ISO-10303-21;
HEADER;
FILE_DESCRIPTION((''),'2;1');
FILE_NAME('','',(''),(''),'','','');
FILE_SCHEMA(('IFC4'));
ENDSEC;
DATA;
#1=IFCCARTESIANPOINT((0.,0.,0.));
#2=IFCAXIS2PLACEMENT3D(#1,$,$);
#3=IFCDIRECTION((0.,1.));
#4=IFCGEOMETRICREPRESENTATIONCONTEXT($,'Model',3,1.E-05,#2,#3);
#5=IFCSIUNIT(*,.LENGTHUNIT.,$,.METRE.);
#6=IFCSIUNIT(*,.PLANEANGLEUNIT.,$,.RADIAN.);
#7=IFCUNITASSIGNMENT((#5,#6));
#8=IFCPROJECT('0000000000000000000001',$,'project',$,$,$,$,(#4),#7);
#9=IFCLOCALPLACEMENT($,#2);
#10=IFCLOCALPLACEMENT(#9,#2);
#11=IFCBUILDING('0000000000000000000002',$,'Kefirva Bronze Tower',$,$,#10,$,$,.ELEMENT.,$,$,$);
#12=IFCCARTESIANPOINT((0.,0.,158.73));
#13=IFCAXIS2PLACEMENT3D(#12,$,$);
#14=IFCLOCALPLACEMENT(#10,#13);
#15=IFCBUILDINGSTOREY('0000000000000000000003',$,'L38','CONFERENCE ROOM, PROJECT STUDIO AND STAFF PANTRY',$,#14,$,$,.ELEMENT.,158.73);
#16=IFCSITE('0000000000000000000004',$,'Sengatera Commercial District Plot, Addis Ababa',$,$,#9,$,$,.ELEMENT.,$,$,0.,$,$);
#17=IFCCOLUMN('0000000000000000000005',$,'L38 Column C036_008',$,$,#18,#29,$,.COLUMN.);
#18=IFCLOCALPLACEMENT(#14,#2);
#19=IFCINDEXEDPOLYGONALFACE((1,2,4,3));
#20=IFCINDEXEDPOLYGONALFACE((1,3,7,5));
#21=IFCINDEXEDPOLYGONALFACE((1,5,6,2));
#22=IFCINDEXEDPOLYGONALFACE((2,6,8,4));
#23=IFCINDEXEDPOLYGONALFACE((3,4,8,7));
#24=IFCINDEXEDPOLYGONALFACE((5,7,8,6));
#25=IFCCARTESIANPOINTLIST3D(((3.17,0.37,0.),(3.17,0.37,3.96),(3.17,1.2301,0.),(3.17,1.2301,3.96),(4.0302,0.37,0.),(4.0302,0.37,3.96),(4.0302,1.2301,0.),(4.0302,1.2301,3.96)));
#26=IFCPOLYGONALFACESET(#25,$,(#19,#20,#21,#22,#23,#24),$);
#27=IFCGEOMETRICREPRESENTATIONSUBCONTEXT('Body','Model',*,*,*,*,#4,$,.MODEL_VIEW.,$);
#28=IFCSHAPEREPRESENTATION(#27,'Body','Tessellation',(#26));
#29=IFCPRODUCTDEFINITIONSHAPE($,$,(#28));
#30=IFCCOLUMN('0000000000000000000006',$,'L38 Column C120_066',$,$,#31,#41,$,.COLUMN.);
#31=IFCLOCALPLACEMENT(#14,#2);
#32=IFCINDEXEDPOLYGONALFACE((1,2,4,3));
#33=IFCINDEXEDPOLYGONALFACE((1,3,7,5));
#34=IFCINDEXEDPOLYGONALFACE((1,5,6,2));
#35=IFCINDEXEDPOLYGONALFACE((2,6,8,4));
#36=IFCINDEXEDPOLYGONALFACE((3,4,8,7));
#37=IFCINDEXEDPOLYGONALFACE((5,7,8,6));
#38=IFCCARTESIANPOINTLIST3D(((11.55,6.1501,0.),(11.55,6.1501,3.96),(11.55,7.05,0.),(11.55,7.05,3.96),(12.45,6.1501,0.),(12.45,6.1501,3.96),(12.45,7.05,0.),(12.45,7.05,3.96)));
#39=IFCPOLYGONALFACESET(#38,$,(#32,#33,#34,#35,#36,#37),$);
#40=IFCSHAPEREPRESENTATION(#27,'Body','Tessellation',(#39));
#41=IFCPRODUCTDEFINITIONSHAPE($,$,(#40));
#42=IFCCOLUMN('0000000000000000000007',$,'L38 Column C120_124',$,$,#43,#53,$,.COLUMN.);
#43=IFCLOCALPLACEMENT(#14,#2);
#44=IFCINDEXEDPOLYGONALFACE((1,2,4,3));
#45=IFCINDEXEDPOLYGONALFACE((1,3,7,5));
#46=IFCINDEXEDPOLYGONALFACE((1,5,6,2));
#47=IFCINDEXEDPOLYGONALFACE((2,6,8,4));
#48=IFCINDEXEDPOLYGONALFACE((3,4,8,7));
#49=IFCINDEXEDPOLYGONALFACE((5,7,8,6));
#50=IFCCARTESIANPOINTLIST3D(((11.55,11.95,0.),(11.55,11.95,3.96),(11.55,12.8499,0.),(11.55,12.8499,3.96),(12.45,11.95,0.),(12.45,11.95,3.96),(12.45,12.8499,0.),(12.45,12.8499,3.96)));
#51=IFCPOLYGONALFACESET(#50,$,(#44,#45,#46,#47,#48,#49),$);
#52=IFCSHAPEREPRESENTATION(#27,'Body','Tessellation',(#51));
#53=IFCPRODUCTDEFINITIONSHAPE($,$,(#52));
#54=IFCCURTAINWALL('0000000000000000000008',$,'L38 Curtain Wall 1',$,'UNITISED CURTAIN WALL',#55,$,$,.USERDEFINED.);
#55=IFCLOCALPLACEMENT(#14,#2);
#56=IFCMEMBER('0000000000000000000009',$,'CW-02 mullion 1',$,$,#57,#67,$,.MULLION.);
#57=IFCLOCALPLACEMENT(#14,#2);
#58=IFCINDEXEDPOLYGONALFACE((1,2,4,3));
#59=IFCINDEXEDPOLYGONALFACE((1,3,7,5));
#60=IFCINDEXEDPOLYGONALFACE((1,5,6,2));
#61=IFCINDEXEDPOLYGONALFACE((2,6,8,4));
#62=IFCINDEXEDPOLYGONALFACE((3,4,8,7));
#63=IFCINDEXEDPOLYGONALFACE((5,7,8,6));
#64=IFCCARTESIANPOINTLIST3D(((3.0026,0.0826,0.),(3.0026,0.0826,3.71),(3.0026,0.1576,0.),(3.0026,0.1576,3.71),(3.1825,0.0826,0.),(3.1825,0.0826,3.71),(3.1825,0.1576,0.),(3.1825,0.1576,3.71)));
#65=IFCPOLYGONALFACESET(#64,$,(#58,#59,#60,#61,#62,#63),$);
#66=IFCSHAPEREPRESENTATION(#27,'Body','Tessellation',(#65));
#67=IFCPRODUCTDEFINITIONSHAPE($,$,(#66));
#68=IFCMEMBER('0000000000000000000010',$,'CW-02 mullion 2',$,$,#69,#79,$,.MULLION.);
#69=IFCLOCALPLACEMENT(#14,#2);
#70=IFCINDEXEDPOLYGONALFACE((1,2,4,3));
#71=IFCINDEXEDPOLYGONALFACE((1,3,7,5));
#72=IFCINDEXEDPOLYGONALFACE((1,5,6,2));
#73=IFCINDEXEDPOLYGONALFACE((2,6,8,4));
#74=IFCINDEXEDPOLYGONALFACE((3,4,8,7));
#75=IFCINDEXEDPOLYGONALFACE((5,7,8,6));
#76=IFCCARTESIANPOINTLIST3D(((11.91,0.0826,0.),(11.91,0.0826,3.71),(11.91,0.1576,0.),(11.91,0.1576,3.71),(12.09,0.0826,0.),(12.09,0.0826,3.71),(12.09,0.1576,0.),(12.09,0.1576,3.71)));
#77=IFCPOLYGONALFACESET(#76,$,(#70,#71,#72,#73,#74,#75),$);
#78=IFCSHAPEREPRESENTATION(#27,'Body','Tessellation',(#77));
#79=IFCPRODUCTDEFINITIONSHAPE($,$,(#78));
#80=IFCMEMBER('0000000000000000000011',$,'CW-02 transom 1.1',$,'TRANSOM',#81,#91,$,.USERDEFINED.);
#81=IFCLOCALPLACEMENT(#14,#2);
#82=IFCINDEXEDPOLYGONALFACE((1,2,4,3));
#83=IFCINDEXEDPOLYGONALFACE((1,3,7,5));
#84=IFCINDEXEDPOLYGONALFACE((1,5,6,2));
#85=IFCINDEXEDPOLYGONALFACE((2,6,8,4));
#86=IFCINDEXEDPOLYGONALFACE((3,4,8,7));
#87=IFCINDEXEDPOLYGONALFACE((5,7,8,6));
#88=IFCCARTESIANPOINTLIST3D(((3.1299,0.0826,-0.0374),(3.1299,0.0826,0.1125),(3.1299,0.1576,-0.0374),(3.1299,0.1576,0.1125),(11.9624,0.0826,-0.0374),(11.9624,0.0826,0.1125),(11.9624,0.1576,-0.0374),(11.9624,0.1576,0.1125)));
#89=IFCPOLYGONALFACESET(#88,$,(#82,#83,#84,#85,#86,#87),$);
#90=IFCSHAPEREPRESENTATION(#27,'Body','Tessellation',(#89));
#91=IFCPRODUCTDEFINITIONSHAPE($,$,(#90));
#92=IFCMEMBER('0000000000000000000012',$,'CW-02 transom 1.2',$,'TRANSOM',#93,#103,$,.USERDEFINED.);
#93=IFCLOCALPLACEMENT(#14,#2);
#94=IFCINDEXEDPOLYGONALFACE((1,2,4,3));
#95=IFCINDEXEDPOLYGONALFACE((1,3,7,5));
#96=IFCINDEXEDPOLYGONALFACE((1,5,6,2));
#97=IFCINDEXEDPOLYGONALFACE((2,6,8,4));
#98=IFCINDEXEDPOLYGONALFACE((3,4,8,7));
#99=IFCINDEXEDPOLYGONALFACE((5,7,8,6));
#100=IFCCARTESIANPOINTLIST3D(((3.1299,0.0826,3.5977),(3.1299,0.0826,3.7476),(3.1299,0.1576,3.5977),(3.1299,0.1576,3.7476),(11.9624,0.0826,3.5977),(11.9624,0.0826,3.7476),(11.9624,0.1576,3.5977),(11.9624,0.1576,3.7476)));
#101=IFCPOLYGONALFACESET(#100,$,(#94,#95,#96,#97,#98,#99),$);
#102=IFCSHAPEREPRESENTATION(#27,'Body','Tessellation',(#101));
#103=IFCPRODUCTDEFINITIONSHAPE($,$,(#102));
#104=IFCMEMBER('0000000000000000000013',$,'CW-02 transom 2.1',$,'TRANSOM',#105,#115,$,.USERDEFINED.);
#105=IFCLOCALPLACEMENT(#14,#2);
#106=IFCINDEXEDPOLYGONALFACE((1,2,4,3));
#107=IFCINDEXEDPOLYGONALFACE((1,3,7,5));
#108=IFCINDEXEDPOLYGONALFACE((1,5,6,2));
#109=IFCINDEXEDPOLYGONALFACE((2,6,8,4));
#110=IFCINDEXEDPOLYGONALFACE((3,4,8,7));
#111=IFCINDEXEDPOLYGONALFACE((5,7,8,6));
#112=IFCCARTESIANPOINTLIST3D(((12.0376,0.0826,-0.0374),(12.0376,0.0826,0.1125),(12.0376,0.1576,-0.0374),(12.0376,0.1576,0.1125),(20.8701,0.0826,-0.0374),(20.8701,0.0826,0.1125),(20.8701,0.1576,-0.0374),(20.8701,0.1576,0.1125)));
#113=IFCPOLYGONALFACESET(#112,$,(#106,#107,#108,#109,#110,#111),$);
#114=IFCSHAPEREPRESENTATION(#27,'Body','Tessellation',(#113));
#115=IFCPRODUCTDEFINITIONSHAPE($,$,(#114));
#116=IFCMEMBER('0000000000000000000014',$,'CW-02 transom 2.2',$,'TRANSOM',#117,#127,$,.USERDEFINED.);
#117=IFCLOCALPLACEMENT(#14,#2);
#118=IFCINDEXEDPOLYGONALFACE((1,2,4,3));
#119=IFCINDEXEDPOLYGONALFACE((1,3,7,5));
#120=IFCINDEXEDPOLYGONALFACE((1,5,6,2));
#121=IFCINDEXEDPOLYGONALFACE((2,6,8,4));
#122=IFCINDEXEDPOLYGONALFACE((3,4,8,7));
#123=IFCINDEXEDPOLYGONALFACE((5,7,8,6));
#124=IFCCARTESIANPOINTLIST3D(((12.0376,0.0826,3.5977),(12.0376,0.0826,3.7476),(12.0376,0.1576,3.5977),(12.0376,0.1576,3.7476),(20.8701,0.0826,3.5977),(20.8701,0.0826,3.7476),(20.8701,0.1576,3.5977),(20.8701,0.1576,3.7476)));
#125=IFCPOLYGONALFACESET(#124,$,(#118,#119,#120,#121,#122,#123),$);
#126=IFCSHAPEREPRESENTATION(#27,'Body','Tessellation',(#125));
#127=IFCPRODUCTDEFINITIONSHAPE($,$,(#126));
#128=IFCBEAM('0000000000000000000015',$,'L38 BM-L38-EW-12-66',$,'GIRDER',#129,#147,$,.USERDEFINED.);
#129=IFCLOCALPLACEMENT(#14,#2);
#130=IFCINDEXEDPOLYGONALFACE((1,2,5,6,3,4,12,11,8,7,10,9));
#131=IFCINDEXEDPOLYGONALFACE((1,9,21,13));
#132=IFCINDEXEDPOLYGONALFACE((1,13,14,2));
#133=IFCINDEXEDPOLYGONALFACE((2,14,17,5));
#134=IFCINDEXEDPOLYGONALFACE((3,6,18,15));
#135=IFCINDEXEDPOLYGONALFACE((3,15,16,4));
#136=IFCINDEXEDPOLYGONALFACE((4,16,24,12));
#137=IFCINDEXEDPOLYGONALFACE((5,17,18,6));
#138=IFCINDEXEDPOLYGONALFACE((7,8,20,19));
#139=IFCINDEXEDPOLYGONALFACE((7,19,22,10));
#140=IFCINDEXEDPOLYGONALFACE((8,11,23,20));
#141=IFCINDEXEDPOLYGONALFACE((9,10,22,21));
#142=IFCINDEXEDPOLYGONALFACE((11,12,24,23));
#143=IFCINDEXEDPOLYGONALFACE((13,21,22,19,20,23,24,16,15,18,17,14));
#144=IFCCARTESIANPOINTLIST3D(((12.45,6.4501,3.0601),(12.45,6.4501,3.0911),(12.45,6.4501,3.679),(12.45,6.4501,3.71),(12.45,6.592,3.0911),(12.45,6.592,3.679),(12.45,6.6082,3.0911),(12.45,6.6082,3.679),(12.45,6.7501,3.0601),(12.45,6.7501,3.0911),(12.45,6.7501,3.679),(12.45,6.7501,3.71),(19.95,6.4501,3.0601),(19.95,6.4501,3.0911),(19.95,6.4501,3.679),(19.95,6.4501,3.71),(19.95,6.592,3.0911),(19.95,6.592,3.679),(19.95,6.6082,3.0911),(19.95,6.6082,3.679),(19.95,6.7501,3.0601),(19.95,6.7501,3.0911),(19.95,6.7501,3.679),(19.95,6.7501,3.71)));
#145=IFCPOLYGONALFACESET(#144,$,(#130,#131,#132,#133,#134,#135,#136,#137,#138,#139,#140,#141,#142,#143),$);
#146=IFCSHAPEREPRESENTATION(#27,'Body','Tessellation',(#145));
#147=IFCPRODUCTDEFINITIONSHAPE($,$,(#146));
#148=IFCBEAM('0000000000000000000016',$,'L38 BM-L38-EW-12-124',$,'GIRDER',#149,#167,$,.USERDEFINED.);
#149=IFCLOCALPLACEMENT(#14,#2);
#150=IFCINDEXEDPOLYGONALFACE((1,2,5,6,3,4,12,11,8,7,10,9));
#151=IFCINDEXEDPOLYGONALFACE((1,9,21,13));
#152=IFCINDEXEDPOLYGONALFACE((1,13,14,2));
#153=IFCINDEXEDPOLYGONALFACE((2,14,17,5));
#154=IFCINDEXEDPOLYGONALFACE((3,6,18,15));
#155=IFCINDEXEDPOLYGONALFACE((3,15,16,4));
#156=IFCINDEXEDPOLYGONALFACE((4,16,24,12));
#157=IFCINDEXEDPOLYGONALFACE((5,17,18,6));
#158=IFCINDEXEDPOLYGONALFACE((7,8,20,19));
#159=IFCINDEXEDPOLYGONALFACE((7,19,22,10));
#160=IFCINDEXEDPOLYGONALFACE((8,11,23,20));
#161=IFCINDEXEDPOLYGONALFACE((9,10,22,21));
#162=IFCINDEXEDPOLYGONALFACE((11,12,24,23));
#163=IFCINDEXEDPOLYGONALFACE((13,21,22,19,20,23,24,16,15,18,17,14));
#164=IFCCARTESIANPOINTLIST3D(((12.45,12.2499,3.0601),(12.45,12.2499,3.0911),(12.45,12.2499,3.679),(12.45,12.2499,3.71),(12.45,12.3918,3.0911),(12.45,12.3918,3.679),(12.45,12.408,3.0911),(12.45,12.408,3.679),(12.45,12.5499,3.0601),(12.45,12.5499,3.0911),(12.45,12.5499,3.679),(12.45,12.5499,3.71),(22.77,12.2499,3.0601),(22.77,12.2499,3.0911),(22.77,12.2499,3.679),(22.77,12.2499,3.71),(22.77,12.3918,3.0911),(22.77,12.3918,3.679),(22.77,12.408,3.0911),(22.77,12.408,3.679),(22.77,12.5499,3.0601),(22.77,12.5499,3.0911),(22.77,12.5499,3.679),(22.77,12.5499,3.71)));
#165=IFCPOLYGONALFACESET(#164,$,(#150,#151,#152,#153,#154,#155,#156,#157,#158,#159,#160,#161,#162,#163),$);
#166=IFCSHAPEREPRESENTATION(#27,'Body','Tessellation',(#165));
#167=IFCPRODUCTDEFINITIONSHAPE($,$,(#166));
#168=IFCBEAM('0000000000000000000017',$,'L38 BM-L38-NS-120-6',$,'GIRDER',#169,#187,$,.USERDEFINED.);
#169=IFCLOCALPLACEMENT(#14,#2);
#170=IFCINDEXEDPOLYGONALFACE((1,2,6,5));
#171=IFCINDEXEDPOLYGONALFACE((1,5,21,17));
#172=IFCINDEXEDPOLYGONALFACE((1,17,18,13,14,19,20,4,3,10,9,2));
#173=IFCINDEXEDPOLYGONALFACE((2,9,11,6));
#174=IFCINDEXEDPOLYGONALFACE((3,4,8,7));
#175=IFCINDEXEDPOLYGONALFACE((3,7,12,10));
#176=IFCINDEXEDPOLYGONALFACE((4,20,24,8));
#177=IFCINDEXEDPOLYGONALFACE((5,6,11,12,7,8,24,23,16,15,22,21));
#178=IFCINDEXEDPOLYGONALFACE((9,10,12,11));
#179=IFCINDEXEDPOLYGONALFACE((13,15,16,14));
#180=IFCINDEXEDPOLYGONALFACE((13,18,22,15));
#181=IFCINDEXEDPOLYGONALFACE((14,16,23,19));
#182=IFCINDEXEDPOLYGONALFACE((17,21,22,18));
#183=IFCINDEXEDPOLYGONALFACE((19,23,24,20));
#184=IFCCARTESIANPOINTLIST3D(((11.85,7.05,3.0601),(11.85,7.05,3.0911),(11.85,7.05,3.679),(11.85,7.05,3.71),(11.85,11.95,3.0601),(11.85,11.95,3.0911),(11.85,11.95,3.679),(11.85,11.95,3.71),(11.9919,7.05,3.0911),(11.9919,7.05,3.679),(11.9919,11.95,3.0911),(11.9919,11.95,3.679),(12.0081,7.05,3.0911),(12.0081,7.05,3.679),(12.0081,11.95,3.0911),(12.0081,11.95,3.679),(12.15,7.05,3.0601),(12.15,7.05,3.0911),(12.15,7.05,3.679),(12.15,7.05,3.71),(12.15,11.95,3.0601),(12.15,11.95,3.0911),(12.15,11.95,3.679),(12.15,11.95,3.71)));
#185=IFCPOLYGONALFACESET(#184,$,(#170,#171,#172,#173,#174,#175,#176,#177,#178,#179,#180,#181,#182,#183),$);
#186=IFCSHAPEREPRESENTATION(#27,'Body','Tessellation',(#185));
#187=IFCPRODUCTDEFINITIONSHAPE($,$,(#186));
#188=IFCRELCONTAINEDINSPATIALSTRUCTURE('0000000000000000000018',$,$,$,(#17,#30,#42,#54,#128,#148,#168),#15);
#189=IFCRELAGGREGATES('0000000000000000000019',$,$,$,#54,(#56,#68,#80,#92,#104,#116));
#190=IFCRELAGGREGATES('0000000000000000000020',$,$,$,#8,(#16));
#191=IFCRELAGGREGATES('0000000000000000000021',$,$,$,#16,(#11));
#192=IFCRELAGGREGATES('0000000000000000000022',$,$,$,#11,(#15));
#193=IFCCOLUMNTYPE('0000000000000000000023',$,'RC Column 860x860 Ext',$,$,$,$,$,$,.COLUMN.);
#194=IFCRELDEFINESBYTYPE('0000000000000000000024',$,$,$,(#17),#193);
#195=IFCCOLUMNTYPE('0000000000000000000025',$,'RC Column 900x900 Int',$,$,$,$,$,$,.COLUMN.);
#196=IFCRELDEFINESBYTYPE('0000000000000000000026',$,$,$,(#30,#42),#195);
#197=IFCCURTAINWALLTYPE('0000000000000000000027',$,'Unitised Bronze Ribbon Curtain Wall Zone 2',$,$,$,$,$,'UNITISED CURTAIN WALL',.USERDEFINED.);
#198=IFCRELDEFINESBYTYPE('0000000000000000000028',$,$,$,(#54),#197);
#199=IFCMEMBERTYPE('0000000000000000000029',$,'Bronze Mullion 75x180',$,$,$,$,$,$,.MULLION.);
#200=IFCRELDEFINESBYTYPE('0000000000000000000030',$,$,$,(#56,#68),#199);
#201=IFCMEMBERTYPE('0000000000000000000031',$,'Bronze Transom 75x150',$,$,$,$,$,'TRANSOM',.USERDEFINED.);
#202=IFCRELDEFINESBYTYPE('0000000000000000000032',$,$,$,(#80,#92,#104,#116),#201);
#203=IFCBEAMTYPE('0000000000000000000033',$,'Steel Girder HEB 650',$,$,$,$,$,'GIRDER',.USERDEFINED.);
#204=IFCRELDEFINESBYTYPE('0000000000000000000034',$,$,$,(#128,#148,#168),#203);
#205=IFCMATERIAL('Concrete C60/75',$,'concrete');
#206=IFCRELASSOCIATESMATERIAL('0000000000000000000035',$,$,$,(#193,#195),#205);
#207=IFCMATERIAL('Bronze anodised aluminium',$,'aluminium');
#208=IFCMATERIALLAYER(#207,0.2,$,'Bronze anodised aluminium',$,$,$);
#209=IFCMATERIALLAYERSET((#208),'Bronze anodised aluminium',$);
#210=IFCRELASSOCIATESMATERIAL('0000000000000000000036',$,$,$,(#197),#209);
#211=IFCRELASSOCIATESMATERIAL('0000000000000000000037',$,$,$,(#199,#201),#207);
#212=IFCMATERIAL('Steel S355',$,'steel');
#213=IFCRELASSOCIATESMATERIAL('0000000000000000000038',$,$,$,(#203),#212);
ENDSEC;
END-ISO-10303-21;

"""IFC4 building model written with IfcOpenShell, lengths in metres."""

from ifc_helpers import new_model, si_unit, direction, frame, origin, origin_2d, place, context, subcontext, project, spatial, rectangle, i_section, extrude, material, layer, layer_set, material_profile, profile_set, type_object, element, aggregate, save


model = new_model("IFC4")

# Units and contexts
model_context = context("Model", 3, precision=1e-05, world=origin(), true_north=direction((0.0, 1.0)))
body_context = subcontext(model_context, "Body", "Model", "MODEL_VIEW")
ifc_project = project(units=[si_unit("LENGTHUNIT", "METRE"), si_unit("PLANEANGLEUNIT", "RADIAN")], contexts=[model_context])

# Site, building, storey
site_placement = place(None, origin())
site = spatial("IfcSite", under=ifc_project, at=site_placement, Name="Sengatera Commercial District Plot, Addis Ababa", CompositionType="ELEMENT", RefElevation=0.0)
building_placement = place(site_placement, origin())
building = spatial("IfcBuilding", under=site, at=building_placement, Name="Kefirva Bronze Tower", CompositionType="ELEMENT")
storey_placement = place(building_placement, frame((0.0, 0.0, 158.73)))
storey = spatial("IfcBuildingStorey", under=building, at=storey_placement, Name="L38", Description="CONFERENCE ROOM, PROJECT STUDIO AND STAFF PANTRY", CompositionType="ELEMENT", Elevation=158.73)

# Columns
ifc_material_1 = material(Name="Concrete C60/75", Category="concrete")
ifc_material_profile_1 = material_profile(ifc_material_1, rectangle(XDim=0.8601, YDim=0.8601, at=origin_2d()), Name="RC 860x860")
ifc_profile_set_1 = profile_set([ifc_material_profile_1], Name="Concrete C60/75")
column_type_1 = type_object("IfcColumnType", Name="RC Column 860x860 Ext", PredefinedType="COLUMN", material=ifc_profile_set_1)
column_placement = place(storey_placement, frame((3.6001, 0.8, 0.0), z_axis=(0.0, 0.0, 1.0), x_axis=(1.0, 0.0, 0.0)))
element("IfcColumn", 1, at=column_placement, inside=storey, type_object=column_type_1, Name="L38 Column C036_008", PredefinedType="COLUMN", context=body_context, shape_type="SweptSolid", body=[
    extrude(rectangle(XDim=0.8601, YDim=0.8601, at=origin_2d()), origin(), (0.0, 0.0, 1.0), 3.96),
])
ifc_material_profile_2 = material_profile(ifc_material_1, rectangle(XDim=0.8999, YDim=0.8999, at=origin_2d()), Name="RC 900x900")
ifc_profile_set_2 = profile_set([ifc_material_profile_2], Name="Concrete C60/75")
column_type_2 = type_object("IfcColumnType", Name="RC Column 900x900 Int", PredefinedType="COLUMN", material=ifc_profile_set_2)
for number, where, z_axis, x_axis, name in (
    (2, (12.0, 6.6001, 0.0), (0.0, 0.0, 1.0), (1.0, 0.0, 0.0), "L38 Column C120_066"),
    (3, (12.0, 12.3999, 0.0), (0.0, 0.0, 1.0), (1.0, 0.0, 0.0), "L38 Column C120_124"),
):
    element("IfcColumn", number, at=place(storey_placement, frame(where, z_axis=z_axis, x_axis=x_axis)), inside=storey, type_object=column_type_2, Name=name, PredefinedType="COLUMN", context=body_context, shape_type="SweptSolid", body=[
        extrude(rectangle(XDim=0.8999, YDim=0.8999, at=origin_2d()), origin(), (0.0, 0.0, 1.0), 3.96),
    ])

# Curtain wall, members
ifc_material_2 = material(Name="Bronze anodised aluminium", Category="aluminium")
ifc_layer_1 = layer(ifc_material_2, 0.2, Name="Bronze anodised aluminium")
ifc_layer_set_1 = layer_set([ifc_layer_1], Name="Bronze anodised aluminium")
curtain_wall_type = type_object("IfcCurtainWallType", Name="Unitised Bronze Ribbon Curtain Wall Zone 2", ElementType="UNITISED CURTAIN WALL", PredefinedType="USERDEFINED", material=ifc_layer_set_1)
curtain_wall_placement = place(storey_placement, origin())
curtain_wall = element("IfcCurtainWall", 4, at=curtain_wall_placement, inside=storey, type_object=curtain_wall_type, Name="L38 Curtain Wall 1", ObjectType="UNITISED CURTAIN WALL", PredefinedType="USERDEFINED")
ifc_material_profile_3 = material_profile(ifc_material_2, rectangle(XDim=0.075, YDim=0.1799, at=origin_2d()), Name="ALU 75x180")
ifc_profile_set_3 = profile_set([ifc_material_profile_3], Name="Bronze anodised aluminium")
member_type_1 = type_object("IfcMemberType", Name="Bronze Mullion 75x180", PredefinedType="MULLION", material=ifc_profile_set_3)
member_1_placement = place(storey_placement, frame((3.0925, 0.1201, 0.0), z_axis=(0.0, 0.0, 1.0), x_axis=(0.0, 1.0, 0.0)))
member_1 = element("IfcMember", 5, at=member_1_placement, type_object=member_type_1, Name="CW-02 mullion 1", PredefinedType="MULLION", context=body_context, shape_type="SweptSolid", body=[
    extrude(rectangle(XDim=0.075, YDim=0.1799, at=origin_2d()), origin(), (0.0, 0.0, 1.0), 3.71),
])
member_2_placement = place(storey_placement, frame((12.0, 0.1201, 0.0), z_axis=(0.0, 0.0, 1.0), x_axis=(0.0, 1.0, 0.0)))
member_2 = element("IfcMember", 6, at=member_2_placement, type_object=member_type_1, Name="CW-02 mullion 2", PredefinedType="MULLION", context=body_context, shape_type="SweptSolid", body=[
    extrude(rectangle(XDim=0.075, YDim=0.1799, at=origin_2d()), origin(), (0.0, 0.0, 1.0), 3.71),
])
ifc_material_profile_4 = material_profile(ifc_material_2, rectangle(XDim=0.075, YDim=0.1499, at=origin_2d()), Name="ALU 75x150")
ifc_profile_set_4 = profile_set([ifc_material_profile_4], Name="Bronze anodised aluminium")
member_type_2 = type_object("IfcMemberType", Name="Bronze Transom 75x150", ElementType="TRANSOM", PredefinedType="USERDEFINED", material=ifc_profile_set_4)
member_3_placement = place(storey_placement, frame((3.1299, 0.1201, 0.0376), z_axis=(1.0, 0.0, 0.0), x_axis=(0.0, 1.0, 0.0)))
member_3 = element("IfcMember", 7, at=member_3_placement, type_object=member_type_2, Name="CW-02 transom 1.1", ObjectType="TRANSOM", PredefinedType="USERDEFINED", context=body_context, shape_type="SweptSolid", body=[
    extrude(rectangle(XDim=0.075, YDim=0.1499, at=origin_2d()), origin(), (0.0, 0.0, 1.0), 8.8325),
])
member_4_placement = place(storey_placement, frame((3.1299, 0.1201, 3.6726), z_axis=(1.0, 0.0, 0.0), x_axis=(0.0, 1.0, 0.0)))
member_4 = element("IfcMember", 8, at=member_4_placement, type_object=member_type_2, Name="CW-02 transom 1.2", ObjectType="TRANSOM", PredefinedType="USERDEFINED", context=body_context, shape_type="SweptSolid", body=[
    extrude(rectangle(XDim=0.075, YDim=0.1499, at=origin_2d()), origin(), (0.0, 0.0, 1.0), 8.8325),
])
member_5_placement = place(storey_placement, frame((12.0376, 0.1201, 0.0376), z_axis=(1.0, 0.0, 0.0), x_axis=(0.0, 1.0, 0.0)))
member_5 = element("IfcMember", 9, at=member_5_placement, type_object=member_type_2, Name="CW-02 transom 2.1", ObjectType="TRANSOM", PredefinedType="USERDEFINED", context=body_context, shape_type="SweptSolid", body=[
    extrude(rectangle(XDim=0.075, YDim=0.1499, at=origin_2d()), origin(), (0.0, 0.0, 1.0), 8.8325),
])
member_6_placement = place(storey_placement, frame((12.0376, 0.1201, 3.6726), z_axis=(1.0, 0.0, 0.0), x_axis=(0.0, 1.0, 0.0)))
member_6 = element("IfcMember", 10, at=member_6_placement, type_object=member_type_2, Name="CW-02 transom 2.2", ObjectType="TRANSOM", PredefinedType="USERDEFINED", context=body_context, shape_type="SweptSolid", body=[
    extrude(rectangle(XDim=0.075, YDim=0.1499, at=origin_2d()), origin(), (0.0, 0.0, 1.0), 8.8325),
])

# Beams
ifc_material_3 = material(Name="Steel S355", Category="steel")
ifc_material_profile_5 = material_profile(ifc_material_3, i_section(OverallWidth=0.3, OverallDepth=0.6499, WebThickness=0.0161, FlangeThickness=0.031, at=origin_2d()), Name="HEB 650")
ifc_profile_set_5 = profile_set([ifc_material_profile_5], Name="Steel S355")
beam_type_1 = type_object("IfcBeamType", Name="Steel Girder HEB 650", ElementType="GIRDER", PredefinedType="USERDEFINED", material=ifc_profile_set_5)
beam_1_placement = place(storey_placement, frame((12.45, 6.6001, 3.385), z_axis=(1.0, 0.0, 0.0), x_axis=(0.0, 1.0, 0.0)))
element("IfcBeam", 11, at=beam_1_placement, inside=storey, type_object=beam_type_1, Name="L38 BM-L38-EW-12-66", ObjectType="GIRDER", PredefinedType="USERDEFINED", context=body_context, shape_type="SweptSolid", body=[
    extrude(i_section(OverallWidth=0.3, OverallDepth=0.6499, WebThickness=0.0161, FlangeThickness=0.031, at=origin_2d()), origin(), (0.0, 0.0, 1.0), 7.5),
])
beam_2_placement = place(storey_placement, frame((12.45, 12.3999, 3.385), z_axis=(1.0, 0.0, 0.0), x_axis=(0.0, 1.0, 0.0)))
element("IfcBeam", 12, at=beam_2_placement, inside=storey, type_object=beam_type_1, Name="L38 BM-L38-EW-12-124", ObjectType="GIRDER", PredefinedType="USERDEFINED", context=body_context, shape_type="SweptSolid", body=[
    extrude(i_section(OverallWidth=0.3, OverallDepth=0.6499, WebThickness=0.0161, FlangeThickness=0.031, at=origin_2d()), origin(), (0.0, 0.0, 1.0), 10.3201),
])
beam_3_placement = place(storey_placement, frame((12.0, 7.05, 3.385), z_axis=(0.0, 1.0, 0.0), x_axis=(-1.0, 0.0, 0.0)))
element("IfcBeam", 13, at=beam_3_placement, inside=storey, type_object=beam_type_1, Name="L38 BM-L38-NS-120-6", ObjectType="GIRDER", PredefinedType="USERDEFINED", context=body_context, shape_type="SweptSolid", body=[
    extrude(i_section(OverallWidth=0.3, OverallDepth=0.6499, WebThickness=0.0161, FlangeThickness=0.031, at=origin_2d()), origin(), (0.0, 0.0, 1.0), 4.8999),
])

aggregate(curtain_wall, [member_1, member_2, member_3, member_4, member_5, member_6])

save(model, "model.ifc")
